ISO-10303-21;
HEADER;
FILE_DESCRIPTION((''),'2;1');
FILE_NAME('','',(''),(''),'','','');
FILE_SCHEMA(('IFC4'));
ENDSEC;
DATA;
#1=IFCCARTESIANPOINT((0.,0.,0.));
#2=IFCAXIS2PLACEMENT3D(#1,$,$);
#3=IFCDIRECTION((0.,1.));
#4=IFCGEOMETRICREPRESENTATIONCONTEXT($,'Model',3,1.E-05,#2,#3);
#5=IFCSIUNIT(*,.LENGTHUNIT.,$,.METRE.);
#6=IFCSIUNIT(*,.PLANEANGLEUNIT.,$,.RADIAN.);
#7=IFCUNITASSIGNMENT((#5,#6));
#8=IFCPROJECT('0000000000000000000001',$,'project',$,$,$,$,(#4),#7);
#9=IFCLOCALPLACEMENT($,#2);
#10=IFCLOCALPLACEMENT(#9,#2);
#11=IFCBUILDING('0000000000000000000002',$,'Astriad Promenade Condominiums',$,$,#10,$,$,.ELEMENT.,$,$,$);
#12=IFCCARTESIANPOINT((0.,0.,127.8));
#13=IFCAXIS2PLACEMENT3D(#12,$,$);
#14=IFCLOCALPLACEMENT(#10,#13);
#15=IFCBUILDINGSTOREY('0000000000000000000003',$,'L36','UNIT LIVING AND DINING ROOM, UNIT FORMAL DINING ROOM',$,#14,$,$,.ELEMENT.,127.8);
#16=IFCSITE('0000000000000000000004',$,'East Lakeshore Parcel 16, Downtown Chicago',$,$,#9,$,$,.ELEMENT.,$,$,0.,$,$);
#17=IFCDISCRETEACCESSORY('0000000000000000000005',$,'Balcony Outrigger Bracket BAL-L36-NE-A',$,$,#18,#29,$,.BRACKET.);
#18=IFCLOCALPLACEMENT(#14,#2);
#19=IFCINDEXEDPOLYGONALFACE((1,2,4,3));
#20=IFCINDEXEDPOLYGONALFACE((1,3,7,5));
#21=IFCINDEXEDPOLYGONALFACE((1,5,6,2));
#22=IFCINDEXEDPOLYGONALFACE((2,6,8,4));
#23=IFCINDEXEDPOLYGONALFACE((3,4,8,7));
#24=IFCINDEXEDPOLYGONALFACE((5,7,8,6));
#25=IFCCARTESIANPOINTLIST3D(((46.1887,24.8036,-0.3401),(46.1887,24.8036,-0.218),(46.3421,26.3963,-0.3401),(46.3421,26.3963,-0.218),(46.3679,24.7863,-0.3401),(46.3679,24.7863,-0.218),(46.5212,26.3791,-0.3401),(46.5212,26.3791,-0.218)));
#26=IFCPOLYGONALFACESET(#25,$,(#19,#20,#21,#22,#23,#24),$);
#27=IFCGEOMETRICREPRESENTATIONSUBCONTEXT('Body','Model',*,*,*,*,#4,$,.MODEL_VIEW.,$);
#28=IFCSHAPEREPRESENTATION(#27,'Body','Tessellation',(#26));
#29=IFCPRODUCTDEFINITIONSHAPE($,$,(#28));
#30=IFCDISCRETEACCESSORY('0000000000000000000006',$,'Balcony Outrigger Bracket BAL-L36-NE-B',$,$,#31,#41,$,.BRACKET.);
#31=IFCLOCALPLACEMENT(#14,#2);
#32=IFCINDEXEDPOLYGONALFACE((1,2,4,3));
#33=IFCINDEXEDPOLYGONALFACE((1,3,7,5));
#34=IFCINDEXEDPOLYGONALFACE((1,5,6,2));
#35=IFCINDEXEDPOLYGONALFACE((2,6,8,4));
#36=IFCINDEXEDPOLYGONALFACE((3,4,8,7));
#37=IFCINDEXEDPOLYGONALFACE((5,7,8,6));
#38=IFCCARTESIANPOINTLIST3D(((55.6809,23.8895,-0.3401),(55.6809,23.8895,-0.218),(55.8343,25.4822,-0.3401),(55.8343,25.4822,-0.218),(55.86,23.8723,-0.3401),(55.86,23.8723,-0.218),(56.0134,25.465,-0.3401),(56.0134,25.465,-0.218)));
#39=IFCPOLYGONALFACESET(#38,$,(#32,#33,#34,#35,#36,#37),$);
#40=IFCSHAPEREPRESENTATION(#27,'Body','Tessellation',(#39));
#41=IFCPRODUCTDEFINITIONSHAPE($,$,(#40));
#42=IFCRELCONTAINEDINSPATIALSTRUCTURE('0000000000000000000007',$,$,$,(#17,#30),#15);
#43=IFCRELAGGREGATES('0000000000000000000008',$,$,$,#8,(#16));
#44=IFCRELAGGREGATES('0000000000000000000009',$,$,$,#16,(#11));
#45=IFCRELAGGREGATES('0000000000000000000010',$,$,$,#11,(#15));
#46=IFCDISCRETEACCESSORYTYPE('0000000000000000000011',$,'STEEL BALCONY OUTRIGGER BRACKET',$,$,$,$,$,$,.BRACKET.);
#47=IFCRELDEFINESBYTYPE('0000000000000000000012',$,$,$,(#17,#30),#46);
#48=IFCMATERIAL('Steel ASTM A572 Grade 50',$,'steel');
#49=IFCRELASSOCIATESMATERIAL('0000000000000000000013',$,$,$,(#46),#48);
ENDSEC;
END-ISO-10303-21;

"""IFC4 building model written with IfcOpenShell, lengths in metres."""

from ifc_helpers import new_model, si_unit, direction, frame, origin, origin_2d, place, context, subcontext, project, spatial, rectangle, extrude, source, transform, mapped, material, type_object, type_shapes, element, save


model = new_model("IFC4")

# Units and contexts
model_context = context("Model", 3, precision=1e-05, world=origin(), true_north=direction((0.0, 1.0)))
body_context = subcontext(model_context, "Body", "Model", "MODEL_VIEW")
ifc_project = project(units=[si_unit("LENGTHUNIT", "METRE"), si_unit("PLANEANGLEUNIT", "RADIAN")], contexts=[model_context])

# Site, building, storey
site_placement = place(None, origin())
site = spatial("IfcSite", under=ifc_project, at=site_placement, Name="East Lakeshore Parcel 16, Downtown Chicago", CompositionType="ELEMENT", RefElevation=0.0)
building_placement = place(site_placement, origin())
building = spatial("IfcBuilding", under=site, at=building_placement, Name="Astriad Promenade Condominiums", CompositionType="ELEMENT")
storey_placement = place(building_placement, frame((0.0, 0.0, 127.8)))
storey = spatial("IfcBuildingStorey", under=building, at=storey_placement, Name="L36", Description="UNIT LIVING AND DINING ROOM, UNIT FORMAL DINING ROOM", CompositionType="ELEMENT", Elevation=127.8)

# Discrete accessories
ifc_material_1 = material(Name="Steel ASTM A572 Grade 50", Category="steel")
discrete_accessory_type = type_object("IfcDiscreteAccessoryType", Name="STEEL BALCONY OUTRIGGER BRACKET", PredefinedType="BRACKET", material=ifc_material_1)
shared_shape_1 = source(origin(), body_context, "Body", "SweptSolid", [
    extrude(rectangle(XDim=1.6001, YDim=0.1799, at=origin_2d()), origin(), (0.0, 0.0, 1.0), 0.1221),
])
type_shapes(discrete_accessory_type, [shared_shape_1])
for number, where, z_axis, x_axis, name in (
    (1, (46.355, 25.5913, -0.3401), (0.0, 0.0, 1.0), (0.095846, 0.995396, 0.0), "Balcony Outrigger Bracket BAL-L36-NE-A"),
    (2, (55.8472, 24.6772, -0.3401), (0.0, 0.0, 1.0), (0.095846, 0.995396, 0.0), "Balcony Outrigger Bracket BAL-L36-NE-B"),
):
    element("IfcDiscreteAccessory", number, at=place(storey_placement, frame(where, z_axis=z_axis, x_axis=x_axis)), inside=storey, type_object=discrete_accessory_type, Name=name, PredefinedType="BRACKET", context=body_context, shape_type="MappedRepresentation", body=[
        mapped(shared_shape_1, transform((0.0, 0.0, 0.0), scale=1.0)),
    ])

save(model, "model.ifc")
